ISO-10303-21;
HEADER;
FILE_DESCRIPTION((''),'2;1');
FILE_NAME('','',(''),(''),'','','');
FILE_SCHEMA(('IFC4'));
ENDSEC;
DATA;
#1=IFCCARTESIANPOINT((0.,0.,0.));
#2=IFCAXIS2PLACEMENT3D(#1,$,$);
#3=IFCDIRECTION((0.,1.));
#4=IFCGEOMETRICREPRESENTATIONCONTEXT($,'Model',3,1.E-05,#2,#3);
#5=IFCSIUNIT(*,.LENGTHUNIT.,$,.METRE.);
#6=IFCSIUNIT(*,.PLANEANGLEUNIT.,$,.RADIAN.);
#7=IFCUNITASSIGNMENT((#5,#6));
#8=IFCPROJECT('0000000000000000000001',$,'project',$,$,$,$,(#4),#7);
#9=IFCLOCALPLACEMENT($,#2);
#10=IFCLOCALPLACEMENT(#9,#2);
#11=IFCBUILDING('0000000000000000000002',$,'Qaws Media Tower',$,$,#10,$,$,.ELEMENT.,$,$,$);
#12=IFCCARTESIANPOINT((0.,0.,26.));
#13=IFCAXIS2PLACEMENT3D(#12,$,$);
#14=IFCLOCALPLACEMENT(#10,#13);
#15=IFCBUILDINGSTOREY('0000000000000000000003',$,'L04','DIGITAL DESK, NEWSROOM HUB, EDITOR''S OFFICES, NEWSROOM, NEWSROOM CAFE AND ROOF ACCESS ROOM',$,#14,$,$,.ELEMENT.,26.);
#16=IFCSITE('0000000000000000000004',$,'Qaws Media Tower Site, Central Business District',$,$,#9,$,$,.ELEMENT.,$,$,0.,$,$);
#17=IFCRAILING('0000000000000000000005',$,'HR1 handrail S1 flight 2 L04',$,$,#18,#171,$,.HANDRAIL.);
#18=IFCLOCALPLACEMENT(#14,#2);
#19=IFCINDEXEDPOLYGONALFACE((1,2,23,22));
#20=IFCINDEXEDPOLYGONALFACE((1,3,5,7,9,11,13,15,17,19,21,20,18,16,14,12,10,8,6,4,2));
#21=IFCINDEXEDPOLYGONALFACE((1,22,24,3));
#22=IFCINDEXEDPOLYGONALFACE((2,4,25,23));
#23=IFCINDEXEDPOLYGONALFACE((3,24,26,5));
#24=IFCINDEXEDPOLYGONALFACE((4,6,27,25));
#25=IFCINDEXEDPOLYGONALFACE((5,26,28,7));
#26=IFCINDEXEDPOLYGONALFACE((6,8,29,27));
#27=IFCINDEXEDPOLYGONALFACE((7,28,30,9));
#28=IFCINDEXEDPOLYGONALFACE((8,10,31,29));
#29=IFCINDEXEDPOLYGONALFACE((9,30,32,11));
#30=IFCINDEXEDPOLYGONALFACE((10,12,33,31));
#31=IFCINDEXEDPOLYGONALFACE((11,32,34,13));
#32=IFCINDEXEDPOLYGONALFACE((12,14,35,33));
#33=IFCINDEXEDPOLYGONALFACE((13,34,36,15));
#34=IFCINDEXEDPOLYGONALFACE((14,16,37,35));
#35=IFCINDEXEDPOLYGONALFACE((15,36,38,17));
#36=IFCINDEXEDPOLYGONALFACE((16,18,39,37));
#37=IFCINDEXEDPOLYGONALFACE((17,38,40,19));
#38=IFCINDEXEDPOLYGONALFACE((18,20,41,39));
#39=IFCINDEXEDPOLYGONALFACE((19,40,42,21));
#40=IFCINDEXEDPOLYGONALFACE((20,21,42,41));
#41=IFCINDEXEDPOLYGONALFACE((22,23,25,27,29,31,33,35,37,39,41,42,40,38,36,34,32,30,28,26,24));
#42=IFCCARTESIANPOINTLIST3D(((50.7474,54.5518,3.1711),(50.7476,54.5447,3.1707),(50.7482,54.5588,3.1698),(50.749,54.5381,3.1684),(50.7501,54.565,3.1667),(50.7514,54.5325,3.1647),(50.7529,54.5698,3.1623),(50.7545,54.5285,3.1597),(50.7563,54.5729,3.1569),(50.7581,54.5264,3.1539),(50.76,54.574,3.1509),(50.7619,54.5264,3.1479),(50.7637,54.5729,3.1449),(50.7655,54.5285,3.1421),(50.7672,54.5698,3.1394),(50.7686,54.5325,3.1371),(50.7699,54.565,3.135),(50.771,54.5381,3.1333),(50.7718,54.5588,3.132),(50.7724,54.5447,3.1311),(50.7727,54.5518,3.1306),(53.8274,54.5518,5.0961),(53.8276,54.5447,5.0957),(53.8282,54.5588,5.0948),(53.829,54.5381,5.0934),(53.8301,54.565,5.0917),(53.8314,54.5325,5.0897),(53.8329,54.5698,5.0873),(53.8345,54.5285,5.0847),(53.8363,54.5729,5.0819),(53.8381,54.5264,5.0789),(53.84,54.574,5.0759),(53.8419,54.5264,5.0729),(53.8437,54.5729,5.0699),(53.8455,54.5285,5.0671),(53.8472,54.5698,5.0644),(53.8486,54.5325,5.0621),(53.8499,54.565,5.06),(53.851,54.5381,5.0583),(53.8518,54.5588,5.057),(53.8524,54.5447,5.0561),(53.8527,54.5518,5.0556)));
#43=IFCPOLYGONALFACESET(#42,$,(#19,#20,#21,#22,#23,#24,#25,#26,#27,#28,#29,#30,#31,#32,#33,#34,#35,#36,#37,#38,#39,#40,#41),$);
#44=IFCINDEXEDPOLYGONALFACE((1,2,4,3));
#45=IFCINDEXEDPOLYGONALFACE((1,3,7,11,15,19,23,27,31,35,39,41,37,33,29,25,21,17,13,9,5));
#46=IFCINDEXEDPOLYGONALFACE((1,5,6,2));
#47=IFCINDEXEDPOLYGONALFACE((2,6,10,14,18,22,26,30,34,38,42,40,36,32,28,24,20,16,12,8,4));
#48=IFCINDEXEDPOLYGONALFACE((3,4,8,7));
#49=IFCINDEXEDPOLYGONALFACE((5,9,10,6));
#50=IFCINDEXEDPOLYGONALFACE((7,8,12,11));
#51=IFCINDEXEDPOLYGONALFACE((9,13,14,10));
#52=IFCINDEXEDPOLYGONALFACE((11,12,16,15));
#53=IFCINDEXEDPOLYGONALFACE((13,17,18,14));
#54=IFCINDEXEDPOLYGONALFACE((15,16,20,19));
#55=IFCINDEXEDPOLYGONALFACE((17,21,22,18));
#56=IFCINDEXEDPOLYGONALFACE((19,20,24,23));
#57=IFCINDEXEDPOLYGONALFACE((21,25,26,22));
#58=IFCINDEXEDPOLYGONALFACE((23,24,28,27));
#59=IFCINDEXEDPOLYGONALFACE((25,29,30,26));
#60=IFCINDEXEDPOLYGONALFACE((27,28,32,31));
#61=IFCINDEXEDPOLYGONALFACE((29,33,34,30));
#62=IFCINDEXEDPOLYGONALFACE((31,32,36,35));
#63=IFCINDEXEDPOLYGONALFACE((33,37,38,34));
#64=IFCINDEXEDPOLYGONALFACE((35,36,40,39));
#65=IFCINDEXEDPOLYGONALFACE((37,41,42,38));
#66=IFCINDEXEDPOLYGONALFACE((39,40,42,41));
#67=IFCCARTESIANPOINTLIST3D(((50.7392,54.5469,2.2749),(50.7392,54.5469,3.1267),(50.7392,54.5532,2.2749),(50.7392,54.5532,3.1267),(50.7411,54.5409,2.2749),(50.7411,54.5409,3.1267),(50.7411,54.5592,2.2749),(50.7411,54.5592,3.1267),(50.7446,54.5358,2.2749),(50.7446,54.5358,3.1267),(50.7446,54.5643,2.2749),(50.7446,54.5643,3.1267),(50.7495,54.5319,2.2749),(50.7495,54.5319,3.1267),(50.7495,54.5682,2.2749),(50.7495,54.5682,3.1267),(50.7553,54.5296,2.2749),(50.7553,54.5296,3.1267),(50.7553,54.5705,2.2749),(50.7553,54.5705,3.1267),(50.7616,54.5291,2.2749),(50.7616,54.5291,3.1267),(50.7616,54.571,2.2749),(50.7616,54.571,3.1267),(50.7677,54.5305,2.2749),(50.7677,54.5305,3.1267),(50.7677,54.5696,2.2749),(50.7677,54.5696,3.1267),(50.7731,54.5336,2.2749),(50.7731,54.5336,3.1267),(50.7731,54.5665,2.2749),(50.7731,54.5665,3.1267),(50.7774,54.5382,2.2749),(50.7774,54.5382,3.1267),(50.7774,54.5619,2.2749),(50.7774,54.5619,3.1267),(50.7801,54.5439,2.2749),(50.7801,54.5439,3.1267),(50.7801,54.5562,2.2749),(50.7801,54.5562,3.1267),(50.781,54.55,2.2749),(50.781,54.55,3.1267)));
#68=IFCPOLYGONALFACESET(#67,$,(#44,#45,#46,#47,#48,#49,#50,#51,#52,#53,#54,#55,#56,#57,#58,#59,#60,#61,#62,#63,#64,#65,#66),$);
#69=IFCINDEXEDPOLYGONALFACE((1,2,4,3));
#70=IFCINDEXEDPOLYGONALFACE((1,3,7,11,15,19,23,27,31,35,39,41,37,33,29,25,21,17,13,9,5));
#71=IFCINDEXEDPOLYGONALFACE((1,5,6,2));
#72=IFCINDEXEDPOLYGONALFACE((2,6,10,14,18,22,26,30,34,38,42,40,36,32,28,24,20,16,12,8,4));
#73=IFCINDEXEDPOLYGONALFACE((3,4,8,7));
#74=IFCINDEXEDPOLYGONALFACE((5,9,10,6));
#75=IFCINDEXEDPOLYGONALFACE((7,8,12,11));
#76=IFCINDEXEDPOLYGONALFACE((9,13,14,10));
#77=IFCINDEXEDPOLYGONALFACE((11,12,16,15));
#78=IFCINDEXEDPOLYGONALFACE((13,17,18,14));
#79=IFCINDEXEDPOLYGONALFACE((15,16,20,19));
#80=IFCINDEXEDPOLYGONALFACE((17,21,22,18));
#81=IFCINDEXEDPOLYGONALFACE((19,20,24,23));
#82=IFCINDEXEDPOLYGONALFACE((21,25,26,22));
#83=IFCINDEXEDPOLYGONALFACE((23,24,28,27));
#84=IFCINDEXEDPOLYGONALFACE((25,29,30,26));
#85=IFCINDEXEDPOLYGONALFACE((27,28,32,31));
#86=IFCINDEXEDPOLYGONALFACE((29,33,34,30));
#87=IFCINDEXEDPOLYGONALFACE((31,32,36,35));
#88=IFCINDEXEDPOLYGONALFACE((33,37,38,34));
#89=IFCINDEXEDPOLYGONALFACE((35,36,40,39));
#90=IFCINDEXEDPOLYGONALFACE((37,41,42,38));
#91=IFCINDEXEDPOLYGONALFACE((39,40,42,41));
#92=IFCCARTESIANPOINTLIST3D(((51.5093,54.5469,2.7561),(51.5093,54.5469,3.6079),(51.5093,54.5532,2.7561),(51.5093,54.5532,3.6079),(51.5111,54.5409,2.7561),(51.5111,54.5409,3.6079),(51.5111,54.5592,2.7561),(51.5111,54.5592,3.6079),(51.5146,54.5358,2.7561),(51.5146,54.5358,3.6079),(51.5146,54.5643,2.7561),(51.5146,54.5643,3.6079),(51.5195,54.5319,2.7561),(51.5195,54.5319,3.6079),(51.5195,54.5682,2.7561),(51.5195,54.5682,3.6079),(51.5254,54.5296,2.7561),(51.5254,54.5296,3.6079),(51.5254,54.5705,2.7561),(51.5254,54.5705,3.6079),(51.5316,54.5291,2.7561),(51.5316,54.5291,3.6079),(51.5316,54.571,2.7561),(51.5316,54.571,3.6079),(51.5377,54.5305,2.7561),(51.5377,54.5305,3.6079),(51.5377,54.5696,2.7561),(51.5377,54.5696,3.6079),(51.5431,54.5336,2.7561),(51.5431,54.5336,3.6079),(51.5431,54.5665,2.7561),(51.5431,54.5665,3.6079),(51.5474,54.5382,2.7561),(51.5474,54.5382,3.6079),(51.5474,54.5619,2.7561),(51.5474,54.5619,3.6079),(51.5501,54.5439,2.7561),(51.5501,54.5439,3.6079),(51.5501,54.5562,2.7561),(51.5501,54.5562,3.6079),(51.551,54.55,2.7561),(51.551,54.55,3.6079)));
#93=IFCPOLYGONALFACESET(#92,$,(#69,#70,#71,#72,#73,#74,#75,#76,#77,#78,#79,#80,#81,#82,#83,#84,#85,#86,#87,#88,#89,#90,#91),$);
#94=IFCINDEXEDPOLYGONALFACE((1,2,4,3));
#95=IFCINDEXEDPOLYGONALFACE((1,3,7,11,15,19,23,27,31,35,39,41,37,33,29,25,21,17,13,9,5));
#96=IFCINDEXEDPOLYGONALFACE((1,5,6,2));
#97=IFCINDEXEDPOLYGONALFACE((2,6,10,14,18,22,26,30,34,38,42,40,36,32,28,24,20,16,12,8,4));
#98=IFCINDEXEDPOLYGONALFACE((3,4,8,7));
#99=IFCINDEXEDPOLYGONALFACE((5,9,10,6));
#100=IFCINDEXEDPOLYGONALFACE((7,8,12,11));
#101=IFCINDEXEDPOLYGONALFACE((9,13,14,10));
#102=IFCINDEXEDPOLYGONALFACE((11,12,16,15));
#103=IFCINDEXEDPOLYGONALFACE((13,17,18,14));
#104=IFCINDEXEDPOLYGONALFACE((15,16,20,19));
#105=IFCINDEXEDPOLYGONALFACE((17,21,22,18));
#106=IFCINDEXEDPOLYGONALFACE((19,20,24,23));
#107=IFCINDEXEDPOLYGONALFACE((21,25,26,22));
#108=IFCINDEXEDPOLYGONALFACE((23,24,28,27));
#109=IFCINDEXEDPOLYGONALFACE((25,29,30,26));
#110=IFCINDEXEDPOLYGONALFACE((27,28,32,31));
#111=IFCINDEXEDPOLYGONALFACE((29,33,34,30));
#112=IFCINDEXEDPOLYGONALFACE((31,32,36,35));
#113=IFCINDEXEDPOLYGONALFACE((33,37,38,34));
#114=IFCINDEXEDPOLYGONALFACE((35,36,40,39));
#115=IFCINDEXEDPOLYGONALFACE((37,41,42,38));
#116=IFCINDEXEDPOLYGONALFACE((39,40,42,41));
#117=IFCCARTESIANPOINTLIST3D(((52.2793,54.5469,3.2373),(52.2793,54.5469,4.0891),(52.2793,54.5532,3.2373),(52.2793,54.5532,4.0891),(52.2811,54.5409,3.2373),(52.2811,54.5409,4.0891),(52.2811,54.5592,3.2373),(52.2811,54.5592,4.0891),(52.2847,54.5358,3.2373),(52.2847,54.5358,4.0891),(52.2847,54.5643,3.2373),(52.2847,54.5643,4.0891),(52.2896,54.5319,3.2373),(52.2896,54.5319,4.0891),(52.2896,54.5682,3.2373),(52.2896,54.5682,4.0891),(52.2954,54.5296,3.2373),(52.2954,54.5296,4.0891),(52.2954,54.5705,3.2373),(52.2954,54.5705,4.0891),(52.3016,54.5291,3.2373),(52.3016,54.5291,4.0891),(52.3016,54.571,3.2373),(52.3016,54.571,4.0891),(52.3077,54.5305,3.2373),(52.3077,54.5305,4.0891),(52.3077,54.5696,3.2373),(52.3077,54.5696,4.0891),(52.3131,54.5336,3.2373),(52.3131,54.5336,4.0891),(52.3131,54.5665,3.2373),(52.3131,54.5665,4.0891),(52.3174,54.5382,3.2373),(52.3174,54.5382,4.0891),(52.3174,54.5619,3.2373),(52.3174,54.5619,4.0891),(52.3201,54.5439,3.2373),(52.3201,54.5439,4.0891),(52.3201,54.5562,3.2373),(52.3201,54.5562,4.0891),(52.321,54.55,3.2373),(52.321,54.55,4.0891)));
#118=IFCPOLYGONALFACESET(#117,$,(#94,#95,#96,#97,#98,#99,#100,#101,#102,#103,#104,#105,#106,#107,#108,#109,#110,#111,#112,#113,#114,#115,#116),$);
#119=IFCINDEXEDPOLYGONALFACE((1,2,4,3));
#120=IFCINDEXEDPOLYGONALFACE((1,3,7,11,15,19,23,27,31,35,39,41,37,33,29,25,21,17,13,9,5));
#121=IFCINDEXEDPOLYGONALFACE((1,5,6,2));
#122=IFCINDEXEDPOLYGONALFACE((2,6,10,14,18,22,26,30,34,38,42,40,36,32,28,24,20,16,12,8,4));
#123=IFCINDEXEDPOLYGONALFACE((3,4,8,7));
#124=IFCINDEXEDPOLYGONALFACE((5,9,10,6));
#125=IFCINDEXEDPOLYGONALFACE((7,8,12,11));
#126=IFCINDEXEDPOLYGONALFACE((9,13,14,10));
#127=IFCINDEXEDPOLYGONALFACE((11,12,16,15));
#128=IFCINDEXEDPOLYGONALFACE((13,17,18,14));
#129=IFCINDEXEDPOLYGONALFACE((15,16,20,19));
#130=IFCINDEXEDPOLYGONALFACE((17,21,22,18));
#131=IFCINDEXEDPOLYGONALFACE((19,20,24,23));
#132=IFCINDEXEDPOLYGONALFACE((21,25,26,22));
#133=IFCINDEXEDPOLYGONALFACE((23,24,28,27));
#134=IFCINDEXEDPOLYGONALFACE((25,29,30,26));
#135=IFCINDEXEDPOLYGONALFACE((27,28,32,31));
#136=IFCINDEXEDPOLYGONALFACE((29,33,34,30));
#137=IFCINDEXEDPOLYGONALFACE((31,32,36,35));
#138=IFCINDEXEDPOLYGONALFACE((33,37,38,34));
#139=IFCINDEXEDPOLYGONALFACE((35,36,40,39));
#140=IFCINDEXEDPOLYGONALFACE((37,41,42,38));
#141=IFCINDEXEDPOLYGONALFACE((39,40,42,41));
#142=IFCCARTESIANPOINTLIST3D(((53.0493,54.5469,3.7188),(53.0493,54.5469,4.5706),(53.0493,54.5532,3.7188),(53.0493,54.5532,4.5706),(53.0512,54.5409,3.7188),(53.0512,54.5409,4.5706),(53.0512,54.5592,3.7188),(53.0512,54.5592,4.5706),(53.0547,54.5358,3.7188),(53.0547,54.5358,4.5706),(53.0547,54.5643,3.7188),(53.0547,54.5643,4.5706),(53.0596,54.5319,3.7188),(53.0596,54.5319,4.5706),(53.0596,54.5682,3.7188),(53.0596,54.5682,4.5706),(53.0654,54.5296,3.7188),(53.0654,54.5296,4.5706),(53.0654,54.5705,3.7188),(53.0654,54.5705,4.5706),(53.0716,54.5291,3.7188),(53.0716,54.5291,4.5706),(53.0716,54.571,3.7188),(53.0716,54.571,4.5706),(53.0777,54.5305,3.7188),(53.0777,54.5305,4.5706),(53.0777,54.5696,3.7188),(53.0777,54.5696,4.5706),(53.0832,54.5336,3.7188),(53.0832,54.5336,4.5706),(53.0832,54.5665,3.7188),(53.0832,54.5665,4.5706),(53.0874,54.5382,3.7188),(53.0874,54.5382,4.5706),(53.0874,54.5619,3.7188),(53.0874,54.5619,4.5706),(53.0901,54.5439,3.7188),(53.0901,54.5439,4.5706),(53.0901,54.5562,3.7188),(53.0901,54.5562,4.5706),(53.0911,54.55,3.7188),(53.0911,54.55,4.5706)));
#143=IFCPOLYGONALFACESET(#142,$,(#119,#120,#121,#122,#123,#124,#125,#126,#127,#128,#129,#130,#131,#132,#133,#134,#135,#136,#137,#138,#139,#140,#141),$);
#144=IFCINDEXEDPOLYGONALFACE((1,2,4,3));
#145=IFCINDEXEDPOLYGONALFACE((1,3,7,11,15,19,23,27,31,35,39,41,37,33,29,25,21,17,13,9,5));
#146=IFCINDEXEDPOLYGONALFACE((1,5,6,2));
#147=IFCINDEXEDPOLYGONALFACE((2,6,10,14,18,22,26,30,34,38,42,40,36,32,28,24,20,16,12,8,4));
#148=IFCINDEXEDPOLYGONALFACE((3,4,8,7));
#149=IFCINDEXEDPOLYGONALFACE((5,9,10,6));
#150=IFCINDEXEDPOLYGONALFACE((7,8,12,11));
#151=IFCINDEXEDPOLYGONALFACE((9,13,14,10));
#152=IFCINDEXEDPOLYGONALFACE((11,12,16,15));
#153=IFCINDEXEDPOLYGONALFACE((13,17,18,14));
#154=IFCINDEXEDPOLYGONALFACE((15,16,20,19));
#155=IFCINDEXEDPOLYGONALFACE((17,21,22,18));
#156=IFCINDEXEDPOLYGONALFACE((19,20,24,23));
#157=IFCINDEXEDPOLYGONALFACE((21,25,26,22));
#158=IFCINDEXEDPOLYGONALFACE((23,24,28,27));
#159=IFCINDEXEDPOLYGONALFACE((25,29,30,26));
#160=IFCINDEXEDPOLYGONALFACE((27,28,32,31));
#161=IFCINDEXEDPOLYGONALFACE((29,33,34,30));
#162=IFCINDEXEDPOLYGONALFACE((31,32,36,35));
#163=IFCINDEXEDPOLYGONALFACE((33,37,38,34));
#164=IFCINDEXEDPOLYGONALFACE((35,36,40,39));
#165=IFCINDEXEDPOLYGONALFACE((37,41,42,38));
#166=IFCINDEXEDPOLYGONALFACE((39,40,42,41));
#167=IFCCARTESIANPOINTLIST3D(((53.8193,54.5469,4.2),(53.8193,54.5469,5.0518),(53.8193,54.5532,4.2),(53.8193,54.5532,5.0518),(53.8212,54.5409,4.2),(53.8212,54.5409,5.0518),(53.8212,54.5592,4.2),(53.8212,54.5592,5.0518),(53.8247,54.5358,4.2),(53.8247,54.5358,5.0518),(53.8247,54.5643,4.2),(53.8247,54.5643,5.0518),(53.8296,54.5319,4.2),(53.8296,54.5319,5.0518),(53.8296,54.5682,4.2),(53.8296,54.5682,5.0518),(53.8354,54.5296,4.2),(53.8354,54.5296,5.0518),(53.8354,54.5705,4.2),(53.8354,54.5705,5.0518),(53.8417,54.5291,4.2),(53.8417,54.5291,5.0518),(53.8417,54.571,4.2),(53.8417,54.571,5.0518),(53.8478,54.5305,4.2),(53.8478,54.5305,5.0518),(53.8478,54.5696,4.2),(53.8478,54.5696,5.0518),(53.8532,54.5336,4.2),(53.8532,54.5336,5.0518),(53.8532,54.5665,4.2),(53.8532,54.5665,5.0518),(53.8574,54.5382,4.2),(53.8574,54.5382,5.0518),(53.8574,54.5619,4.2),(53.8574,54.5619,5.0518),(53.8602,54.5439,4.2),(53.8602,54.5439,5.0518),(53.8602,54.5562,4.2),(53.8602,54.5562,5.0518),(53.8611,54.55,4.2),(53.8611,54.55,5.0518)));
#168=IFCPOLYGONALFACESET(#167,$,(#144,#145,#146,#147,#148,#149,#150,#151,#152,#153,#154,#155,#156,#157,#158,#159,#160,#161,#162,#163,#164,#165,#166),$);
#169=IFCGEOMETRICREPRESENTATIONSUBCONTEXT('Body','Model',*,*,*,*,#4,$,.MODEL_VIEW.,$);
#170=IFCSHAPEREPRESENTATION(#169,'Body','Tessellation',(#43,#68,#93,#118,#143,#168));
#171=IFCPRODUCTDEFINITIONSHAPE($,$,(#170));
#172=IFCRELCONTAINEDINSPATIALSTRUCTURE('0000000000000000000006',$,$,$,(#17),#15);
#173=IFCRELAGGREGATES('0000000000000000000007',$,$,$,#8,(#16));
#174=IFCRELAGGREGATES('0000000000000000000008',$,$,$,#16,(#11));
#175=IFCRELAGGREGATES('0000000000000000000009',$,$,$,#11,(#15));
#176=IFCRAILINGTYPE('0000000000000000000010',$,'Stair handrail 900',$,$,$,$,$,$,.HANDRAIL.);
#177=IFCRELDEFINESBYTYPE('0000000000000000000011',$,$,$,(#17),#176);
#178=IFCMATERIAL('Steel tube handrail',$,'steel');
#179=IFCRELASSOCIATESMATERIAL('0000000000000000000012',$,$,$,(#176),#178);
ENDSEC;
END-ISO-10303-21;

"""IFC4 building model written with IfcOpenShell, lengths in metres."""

from ifc_helpers import new_model, si_unit, direction, frame, origin, origin_2d, place, context, subcontext, project, spatial, circle, extrude, material, type_object, element, save


model = new_model("IFC4")

# Units and contexts
model_context = context("Model", 3, precision=1e-05, world=origin(), true_north=direction((0.0, 1.0)))
body_context = subcontext(model_context, "Body", "Model", "MODEL_VIEW")
ifc_project = project(units=[si_unit("LENGTHUNIT", "METRE"), si_unit("PLANEANGLEUNIT", "RADIAN")], contexts=[model_context])

# Site, building, storey
site_placement = place(None, origin())
site = spatial("IfcSite", under=ifc_project, at=site_placement, Name="Qaws Media Tower Site, Central Business District", CompositionType="ELEMENT", RefElevation=0.0)
building_placement = place(site_placement, origin())
building = spatial("IfcBuilding", under=site, at=building_placement, Name="Qaws Media Tower", CompositionType="ELEMENT")
storey_placement = place(building_placement, frame((0.0, 0.0, 26.0)))
storey = spatial("IfcBuildingStorey", under=building, at=storey_placement, Name="L04", Description="DIGITAL DESK, NEWSROOM HUB, EDITOR'S OFFICES, NEWSROOM, NEWSROOM CAFE AND ROOF ACCESS ROOM", CompositionType="ELEMENT", Elevation=26.0)

# Railing
ifc_material_1 = material(Name="Steel tube handrail", Category="steel")
railing_type = type_object("IfcRailingType", Name="Stair handrail 900", PredefinedType="HANDRAIL", material=ifc_material_1)
for number, where, name in (
    (1, (50.76, 54.55, 2.2749), "HR1 handrail S1 flight 2 L04"),
):
    element("IfcRailing", number, at=place(storey_placement, frame(where)), inside=storey, type_object=railing_type, Name=name, PredefinedType="HANDRAIL", context=body_context, shape_type="SweptSolid", body=[
        extrude(circle(Radius=0.0239, at=origin_2d()), frame((0.0, 0.0, 0.876), z_axis=(0.847998, 0.0, 0.529999), x_axis=(0.0, 1.0, 0.0)), (0.0, 0.0, 1.0), 3.6321),
        extrude(circle(Radius=0.021, at=origin_2d()), origin(), (0.0, 0.0, 1.0), 0.8518),
        extrude(circle(Radius=0.021, at=origin_2d()), frame((0.77, 0.0, 0.4812)), (0.0, 0.0, 1.0), 0.8518),
        extrude(circle(Radius=0.021, at=origin_2d()), frame((1.54, 0.0, 0.9624)), (0.0, 0.0, 1.0), 0.8518),
        extrude(circle(Radius=0.021, at=origin_2d()), frame((2.3101, 0.0, 1.4438)), (0.0, 0.0, 1.0), 0.8518),
        extrude(circle(Radius=0.021, at=origin_2d()), frame((3.0801, 0.0, 1.925)), (0.0, 0.0, 1.0), 0.8518),
    ])

save(model, "model.ifc")
